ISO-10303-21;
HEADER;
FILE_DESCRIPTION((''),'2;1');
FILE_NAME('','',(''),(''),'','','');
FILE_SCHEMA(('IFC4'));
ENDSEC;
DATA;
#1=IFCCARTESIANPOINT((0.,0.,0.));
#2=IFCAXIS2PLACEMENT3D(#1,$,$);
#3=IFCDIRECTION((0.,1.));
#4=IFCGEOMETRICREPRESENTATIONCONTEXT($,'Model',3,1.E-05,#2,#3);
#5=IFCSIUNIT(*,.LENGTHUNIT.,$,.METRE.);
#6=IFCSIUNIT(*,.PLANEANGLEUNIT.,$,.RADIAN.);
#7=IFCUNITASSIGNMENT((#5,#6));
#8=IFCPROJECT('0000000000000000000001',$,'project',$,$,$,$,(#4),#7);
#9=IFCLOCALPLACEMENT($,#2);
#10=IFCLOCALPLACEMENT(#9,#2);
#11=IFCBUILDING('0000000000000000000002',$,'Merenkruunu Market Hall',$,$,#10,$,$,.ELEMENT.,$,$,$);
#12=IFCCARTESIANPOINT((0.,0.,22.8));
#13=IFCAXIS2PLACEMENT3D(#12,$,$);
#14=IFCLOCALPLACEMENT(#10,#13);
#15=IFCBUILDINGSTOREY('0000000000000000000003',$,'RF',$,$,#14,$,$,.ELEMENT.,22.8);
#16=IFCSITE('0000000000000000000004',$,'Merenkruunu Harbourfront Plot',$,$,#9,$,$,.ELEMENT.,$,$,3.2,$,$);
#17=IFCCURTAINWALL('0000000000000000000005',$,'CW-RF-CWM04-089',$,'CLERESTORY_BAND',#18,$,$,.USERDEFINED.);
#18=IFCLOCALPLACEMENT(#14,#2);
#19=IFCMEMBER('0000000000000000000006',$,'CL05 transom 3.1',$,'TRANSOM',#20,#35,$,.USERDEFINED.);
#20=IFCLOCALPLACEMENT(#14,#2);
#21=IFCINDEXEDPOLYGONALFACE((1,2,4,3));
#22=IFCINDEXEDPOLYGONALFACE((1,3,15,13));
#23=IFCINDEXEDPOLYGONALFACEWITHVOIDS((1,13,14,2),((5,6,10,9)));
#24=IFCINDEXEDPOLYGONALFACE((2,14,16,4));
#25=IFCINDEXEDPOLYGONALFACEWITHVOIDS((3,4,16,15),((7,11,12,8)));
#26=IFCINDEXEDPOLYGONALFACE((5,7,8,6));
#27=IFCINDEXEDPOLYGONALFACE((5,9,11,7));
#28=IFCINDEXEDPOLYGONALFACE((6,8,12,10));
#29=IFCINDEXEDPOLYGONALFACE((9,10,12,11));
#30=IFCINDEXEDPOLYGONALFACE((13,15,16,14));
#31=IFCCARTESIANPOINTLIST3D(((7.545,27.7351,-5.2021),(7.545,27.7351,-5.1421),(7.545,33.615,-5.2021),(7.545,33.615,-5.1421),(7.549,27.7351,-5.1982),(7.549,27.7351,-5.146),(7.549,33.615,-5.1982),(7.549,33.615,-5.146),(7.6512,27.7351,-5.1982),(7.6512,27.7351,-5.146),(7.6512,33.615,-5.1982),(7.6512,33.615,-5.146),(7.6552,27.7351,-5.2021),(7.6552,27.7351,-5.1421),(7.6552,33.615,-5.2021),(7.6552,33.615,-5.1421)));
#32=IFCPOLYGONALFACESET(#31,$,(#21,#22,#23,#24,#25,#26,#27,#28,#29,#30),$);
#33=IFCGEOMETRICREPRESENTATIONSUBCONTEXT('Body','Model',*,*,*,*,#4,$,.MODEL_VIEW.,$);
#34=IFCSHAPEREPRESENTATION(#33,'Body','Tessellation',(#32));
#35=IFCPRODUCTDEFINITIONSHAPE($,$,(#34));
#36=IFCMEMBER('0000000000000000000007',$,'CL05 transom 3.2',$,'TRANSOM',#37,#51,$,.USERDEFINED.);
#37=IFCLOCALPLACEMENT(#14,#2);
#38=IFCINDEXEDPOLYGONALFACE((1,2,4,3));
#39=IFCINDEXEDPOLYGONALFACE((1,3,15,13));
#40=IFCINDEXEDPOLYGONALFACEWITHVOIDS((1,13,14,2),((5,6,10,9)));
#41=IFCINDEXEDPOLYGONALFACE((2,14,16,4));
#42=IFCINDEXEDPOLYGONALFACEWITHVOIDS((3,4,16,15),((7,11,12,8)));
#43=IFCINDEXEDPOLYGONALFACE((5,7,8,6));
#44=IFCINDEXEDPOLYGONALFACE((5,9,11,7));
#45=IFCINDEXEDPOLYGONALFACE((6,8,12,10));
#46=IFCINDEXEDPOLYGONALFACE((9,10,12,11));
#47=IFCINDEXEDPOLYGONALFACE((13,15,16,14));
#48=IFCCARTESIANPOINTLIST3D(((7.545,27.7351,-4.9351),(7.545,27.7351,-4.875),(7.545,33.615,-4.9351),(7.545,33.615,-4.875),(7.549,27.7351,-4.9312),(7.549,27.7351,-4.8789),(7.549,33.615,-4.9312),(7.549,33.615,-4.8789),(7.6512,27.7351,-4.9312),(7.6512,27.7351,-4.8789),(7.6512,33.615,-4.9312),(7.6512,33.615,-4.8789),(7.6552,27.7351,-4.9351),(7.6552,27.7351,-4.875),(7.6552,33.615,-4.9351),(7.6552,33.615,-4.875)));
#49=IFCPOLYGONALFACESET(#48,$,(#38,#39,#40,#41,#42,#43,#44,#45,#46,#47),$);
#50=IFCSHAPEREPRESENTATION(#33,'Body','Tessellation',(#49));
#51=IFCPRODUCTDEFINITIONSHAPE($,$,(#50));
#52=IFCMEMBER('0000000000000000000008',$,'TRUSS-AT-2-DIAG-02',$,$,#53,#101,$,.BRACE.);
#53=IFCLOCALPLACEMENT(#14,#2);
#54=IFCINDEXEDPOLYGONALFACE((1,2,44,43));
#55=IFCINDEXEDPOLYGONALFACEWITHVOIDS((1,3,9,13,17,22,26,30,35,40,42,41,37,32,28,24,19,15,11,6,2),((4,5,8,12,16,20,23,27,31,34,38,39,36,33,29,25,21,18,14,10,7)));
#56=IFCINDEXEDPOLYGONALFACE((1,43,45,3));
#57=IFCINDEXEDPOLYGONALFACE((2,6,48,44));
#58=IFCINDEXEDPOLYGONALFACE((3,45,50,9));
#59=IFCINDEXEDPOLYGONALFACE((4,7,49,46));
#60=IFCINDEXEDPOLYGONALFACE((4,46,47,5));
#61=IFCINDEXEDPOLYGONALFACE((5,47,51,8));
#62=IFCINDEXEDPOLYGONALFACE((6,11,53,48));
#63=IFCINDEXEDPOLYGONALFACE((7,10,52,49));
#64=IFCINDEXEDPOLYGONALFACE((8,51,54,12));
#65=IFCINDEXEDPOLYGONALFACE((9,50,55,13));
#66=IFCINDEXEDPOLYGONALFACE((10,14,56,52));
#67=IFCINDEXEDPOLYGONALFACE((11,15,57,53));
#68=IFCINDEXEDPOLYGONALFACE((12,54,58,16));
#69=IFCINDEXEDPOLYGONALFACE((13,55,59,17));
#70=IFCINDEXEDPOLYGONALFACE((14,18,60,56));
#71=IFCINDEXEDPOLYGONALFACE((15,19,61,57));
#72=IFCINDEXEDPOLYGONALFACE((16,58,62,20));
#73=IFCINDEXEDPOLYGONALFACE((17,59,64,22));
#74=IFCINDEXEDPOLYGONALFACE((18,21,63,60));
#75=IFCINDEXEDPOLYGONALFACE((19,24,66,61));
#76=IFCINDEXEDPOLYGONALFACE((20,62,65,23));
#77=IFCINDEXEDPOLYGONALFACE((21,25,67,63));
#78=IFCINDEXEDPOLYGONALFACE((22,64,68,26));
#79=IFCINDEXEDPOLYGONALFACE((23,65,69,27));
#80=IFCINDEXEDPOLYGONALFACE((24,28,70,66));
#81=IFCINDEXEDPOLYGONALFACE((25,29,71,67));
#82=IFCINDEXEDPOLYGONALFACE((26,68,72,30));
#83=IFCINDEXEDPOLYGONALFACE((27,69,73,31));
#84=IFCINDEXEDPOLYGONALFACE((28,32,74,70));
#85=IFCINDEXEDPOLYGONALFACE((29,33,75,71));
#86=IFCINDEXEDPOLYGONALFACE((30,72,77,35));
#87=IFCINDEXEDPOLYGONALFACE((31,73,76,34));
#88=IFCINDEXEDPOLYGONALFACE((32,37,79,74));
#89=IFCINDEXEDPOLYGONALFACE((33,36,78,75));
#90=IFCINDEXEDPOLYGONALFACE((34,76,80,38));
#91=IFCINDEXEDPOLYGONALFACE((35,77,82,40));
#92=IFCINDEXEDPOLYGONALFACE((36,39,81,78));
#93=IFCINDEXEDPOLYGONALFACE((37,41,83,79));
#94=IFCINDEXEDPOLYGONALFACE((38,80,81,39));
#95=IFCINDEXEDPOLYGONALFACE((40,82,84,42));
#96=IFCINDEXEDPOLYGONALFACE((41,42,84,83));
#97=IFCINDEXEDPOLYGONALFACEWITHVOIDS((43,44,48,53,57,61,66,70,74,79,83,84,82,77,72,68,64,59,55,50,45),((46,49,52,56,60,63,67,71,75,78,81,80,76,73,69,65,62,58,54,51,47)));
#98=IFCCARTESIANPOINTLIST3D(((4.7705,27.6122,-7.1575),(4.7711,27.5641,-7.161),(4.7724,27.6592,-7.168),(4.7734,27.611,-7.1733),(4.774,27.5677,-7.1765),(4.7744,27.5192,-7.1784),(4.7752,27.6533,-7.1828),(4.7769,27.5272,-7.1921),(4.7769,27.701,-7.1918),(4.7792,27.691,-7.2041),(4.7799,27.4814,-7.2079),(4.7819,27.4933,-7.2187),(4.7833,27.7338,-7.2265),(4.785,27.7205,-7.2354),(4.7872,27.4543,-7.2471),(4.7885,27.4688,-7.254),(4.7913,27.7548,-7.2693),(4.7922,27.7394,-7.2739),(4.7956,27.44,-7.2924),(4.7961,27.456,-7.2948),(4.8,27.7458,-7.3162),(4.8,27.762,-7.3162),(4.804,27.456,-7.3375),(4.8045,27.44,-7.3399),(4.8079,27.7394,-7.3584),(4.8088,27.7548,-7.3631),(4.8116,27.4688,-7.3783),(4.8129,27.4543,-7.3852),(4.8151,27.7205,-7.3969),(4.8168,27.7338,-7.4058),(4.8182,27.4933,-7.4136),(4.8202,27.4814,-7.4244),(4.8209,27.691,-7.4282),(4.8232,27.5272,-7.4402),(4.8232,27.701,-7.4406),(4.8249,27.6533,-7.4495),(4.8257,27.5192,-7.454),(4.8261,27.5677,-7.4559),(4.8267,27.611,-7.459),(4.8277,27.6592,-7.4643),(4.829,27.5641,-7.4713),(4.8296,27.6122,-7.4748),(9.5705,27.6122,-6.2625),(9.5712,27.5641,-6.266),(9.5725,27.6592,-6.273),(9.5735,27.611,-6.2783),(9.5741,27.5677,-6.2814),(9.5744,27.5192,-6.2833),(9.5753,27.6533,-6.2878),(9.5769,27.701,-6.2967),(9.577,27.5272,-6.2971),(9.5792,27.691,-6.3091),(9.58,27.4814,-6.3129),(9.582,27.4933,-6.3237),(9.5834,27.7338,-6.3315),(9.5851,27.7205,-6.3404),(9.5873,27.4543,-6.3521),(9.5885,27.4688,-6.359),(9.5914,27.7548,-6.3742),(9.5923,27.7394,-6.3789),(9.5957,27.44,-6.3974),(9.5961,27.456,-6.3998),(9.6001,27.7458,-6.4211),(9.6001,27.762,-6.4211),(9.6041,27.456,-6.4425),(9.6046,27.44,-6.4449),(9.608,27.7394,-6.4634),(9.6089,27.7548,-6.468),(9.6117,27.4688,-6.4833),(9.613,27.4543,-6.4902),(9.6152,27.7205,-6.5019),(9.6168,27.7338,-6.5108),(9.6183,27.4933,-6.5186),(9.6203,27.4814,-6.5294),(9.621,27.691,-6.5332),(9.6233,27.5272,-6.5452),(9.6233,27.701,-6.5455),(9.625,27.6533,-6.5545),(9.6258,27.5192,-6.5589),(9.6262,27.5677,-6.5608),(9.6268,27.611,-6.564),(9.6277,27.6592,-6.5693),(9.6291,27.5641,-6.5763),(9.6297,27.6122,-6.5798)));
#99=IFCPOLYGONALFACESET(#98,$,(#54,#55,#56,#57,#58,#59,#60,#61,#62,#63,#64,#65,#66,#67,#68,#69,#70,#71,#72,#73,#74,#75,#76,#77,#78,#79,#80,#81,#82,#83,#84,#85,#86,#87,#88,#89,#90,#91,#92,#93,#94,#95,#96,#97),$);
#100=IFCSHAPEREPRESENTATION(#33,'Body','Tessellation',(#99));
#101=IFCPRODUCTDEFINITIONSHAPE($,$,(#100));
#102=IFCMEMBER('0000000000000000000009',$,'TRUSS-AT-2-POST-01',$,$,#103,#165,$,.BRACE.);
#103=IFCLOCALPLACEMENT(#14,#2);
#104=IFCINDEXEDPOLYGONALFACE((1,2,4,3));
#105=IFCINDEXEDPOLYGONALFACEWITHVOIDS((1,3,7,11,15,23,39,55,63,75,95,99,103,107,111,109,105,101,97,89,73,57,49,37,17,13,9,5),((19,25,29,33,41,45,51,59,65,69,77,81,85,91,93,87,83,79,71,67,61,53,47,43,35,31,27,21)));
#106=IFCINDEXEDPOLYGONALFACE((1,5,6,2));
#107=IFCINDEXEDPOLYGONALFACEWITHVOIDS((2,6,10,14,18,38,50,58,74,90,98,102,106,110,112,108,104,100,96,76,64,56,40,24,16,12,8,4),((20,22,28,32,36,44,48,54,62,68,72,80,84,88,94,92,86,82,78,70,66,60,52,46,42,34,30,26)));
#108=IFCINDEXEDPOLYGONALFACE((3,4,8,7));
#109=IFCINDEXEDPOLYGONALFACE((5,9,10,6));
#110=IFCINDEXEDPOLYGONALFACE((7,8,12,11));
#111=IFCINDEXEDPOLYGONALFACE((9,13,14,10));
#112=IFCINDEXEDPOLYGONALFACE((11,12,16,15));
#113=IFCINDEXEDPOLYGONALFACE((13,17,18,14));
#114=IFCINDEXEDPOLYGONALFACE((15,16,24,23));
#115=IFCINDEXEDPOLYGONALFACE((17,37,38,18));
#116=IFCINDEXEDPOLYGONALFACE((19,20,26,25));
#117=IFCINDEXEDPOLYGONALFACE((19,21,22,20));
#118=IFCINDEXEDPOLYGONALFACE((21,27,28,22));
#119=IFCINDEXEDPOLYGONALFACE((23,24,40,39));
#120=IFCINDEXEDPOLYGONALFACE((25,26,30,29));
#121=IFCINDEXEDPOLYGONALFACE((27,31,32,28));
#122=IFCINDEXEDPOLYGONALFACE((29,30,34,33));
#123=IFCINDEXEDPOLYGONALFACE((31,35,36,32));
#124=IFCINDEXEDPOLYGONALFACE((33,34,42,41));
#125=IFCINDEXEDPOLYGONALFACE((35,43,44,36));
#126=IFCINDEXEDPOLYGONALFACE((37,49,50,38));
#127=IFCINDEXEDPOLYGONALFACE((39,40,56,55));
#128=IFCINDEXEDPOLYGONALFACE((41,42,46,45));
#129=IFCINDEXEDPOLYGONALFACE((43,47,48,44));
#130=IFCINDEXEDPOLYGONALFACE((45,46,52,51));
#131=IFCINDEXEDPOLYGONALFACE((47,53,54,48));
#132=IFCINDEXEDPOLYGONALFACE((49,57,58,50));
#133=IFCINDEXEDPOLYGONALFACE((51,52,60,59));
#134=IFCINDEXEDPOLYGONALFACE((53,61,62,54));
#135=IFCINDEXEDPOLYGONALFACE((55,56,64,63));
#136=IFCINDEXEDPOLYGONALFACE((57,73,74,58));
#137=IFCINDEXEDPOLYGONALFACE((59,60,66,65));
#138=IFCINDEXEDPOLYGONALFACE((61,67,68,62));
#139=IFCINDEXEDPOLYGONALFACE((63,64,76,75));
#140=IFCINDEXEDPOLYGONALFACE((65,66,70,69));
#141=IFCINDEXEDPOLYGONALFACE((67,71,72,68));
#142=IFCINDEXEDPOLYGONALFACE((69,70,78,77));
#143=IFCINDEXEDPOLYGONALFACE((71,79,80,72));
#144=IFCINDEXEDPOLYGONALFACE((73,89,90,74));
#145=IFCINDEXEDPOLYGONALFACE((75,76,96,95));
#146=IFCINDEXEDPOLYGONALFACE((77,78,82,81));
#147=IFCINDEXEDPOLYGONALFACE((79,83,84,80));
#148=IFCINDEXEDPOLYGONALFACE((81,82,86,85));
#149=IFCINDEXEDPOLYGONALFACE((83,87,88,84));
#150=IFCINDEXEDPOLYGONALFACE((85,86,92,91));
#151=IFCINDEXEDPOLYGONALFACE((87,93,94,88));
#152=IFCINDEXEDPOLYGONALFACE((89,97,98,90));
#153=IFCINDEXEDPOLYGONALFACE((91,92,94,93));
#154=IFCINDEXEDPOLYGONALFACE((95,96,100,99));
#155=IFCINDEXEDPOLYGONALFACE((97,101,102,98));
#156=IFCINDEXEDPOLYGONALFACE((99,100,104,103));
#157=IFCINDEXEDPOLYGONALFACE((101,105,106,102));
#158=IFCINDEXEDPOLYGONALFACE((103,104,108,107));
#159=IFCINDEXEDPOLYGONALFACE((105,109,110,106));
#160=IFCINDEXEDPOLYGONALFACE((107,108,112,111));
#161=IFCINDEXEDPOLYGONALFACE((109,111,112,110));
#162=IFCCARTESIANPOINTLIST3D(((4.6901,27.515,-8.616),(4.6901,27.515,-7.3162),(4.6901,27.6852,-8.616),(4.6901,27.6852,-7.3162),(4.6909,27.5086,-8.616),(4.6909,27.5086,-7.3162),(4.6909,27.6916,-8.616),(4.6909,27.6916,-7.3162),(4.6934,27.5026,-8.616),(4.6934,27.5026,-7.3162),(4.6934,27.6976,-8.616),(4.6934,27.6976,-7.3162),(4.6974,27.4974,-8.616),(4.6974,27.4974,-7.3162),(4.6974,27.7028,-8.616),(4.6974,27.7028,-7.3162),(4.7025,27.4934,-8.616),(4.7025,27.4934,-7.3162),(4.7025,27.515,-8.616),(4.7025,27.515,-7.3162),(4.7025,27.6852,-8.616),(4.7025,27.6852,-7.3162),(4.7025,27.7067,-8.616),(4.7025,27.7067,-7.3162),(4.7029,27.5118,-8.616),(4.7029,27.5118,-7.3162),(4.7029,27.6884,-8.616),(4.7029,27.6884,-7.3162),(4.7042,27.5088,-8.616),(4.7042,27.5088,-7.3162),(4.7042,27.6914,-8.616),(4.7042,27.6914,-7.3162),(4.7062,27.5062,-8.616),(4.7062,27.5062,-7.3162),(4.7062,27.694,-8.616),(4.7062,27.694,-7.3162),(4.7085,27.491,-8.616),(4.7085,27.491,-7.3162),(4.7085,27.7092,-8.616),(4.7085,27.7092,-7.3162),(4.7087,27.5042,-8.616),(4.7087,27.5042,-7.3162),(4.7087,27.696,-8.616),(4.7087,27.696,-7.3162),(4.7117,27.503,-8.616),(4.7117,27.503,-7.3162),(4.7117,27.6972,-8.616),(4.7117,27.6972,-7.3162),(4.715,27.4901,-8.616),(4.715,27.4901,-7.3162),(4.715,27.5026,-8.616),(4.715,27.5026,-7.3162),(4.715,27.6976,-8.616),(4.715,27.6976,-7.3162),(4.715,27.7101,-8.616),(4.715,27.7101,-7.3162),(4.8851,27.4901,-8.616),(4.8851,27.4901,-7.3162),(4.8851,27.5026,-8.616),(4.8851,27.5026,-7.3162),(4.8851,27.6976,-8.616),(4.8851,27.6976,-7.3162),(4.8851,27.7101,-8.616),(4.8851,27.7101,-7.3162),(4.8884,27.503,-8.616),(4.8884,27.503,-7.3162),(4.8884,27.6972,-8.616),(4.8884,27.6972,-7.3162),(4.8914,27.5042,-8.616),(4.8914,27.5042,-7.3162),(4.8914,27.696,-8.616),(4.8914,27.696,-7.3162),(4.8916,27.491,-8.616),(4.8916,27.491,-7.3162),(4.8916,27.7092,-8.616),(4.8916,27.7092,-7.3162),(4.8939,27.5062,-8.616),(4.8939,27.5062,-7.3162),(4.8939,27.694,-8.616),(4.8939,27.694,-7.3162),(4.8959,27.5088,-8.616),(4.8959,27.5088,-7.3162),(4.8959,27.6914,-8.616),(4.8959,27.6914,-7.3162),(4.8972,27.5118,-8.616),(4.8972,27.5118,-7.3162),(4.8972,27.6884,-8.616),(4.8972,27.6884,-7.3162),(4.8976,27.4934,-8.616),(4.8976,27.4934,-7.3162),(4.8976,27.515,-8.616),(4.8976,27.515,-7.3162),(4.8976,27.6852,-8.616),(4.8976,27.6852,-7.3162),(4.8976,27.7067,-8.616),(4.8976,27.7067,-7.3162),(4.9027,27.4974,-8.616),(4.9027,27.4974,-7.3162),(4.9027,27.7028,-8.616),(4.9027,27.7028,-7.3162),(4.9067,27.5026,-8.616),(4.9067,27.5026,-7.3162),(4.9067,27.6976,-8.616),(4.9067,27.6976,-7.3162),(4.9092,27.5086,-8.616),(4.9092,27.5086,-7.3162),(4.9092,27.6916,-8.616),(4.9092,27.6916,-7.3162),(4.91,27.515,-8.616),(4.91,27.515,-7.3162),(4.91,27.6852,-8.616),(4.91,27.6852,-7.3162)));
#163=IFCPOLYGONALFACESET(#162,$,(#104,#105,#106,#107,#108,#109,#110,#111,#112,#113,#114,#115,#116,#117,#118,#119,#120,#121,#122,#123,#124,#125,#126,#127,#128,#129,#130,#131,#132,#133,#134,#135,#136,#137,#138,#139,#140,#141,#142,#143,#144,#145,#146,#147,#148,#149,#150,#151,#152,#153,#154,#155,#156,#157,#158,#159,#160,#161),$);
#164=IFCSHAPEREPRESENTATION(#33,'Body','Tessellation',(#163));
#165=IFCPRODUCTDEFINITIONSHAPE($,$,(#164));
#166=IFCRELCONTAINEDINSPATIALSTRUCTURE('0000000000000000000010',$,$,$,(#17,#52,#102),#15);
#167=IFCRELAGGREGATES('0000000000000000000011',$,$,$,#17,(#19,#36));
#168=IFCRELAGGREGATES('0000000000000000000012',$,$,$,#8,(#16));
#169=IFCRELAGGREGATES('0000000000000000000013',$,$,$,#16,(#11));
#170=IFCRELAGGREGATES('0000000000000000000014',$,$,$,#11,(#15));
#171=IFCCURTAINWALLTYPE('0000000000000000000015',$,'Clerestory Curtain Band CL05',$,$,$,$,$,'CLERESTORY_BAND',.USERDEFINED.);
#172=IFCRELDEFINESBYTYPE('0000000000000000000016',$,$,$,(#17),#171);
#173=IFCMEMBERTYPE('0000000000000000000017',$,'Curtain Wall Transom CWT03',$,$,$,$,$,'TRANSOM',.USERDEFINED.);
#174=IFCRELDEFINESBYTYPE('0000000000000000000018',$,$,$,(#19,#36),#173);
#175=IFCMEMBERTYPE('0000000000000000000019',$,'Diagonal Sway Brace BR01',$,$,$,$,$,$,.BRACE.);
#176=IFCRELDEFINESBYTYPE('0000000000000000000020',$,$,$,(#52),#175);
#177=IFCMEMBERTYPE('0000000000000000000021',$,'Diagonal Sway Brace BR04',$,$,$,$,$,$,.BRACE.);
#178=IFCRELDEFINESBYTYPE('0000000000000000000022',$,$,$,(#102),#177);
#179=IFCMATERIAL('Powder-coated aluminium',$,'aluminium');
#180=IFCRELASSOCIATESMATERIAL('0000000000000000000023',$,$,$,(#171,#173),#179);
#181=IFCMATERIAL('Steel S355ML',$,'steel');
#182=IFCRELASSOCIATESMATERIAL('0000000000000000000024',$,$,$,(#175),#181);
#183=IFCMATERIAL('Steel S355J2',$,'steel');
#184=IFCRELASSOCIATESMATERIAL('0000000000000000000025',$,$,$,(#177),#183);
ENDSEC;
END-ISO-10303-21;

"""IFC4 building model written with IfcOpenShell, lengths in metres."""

from ifc_helpers import new_model, si_unit, direction, frame, origin, origin_2d, place, context, subcontext, project, spatial, hollow_rectangle, hollow_circle, extrude, material, material_profile, profile_set, type_object, element, aggregate, save


model = new_model("IFC4")

# Units and contexts
model_context = context("Model", 3, precision=1e-05, world=origin(), true_north=direction((0.0, 1.0)))
body_context = subcontext(model_context, "Body", "Model", "MODEL_VIEW")
ifc_project = project(units=[si_unit("LENGTHUNIT", "METRE"), si_unit("PLANEANGLEUNIT", "RADIAN")], contexts=[model_context])

# Site, building, storey
site_placement = place(None, origin())
site = spatial("IfcSite", under=ifc_project, at=site_placement, Name="Merenkruunu Harbourfront Plot", CompositionType="ELEMENT", RefElevation=3.2)
building_placement = place(site_placement, origin())
building = spatial("IfcBuilding", under=site, at=building_placement, Name="Merenkruunu Market Hall", CompositionType="ELEMENT")
storey_placement = place(building_placement, frame((0.0, 0.0, 22.8)))
storey = spatial("IfcBuildingStorey", under=building, at=storey_placement, Name="RF", CompositionType="ELEMENT", Elevation=22.8)

# Shared definitions
ifc_material_1 = material(Name="Steel S355ML", Category="steel")

# Curtain wall
ifc_material_2 = material(Name="Powder-coated aluminium", Category="aluminium")
curtain_wall_type = type_object("IfcCurtainWallType", Name="Clerestory Curtain Band CL05", ElementType="CLERESTORY_BAND", PredefinedType="USERDEFINED", material=ifc_material_2)
curtain_wall_1_placement = place(storey_placement, origin())
curtain_wall_1 = element("IfcCurtainWall", 1, at=curtain_wall_1_placement, inside=storey, type_object=curtain_wall_type, Name="CW-RF-CWM04-089", ObjectType="CLERESTORY_BAND", PredefinedType="USERDEFINED")

# Members
ifc_material_profile_1 = material_profile(ifc_material_2, hollow_rectangle(XDim=0.0601, YDim=0.1101, WallThickness=0.0039, at=origin_2d()), Name="ALU 60x110x4")
ifc_profile_set_1 = profile_set([ifc_material_profile_1], Name="Powder-coated aluminium")
member_type_1 = type_object("IfcMemberType", Name="Curtain Wall Transom CWT03", ElementType="TRANSOM", PredefinedType="USERDEFINED", material=ifc_profile_set_1)
member_1_placement = place(storey_placement, frame((7.6001, 27.7351, -5.1721), z_axis=(0.0, 1.0, 0.0), x_axis=(0.0, 0.0, 1.0)))
member_1 = element("IfcMember", 2, at=member_1_placement, type_object=member_type_1, Name="CL05 transom 3.1", ObjectType="TRANSOM", PredefinedType="USERDEFINED", context=body_context, shape_type="SweptSolid", body=[
    extrude(hollow_rectangle(XDim=0.0601, YDim=0.1101, WallThickness=0.0039, at=origin_2d()), origin(), (0.0, 0.0, 1.0), 5.8799),
])
member_2_placement = place(storey_placement, frame((7.6001, 27.7351, -4.905), z_axis=(0.0, 1.0, 0.0), x_axis=(0.0, 0.0, 1.0)))
member_2 = element("IfcMember", 3, at=member_2_placement, type_object=member_type_1, Name="CL05 transom 3.2", ObjectType="TRANSOM", PredefinedType="USERDEFINED", context=body_context, shape_type="SweptSolid", body=[
    extrude(hollow_rectangle(XDim=0.0601, YDim=0.1101, WallThickness=0.0039, at=origin_2d()), origin(), (0.0, 0.0, 1.0), 5.8799),
])

# Members
ifc_material_profile_2 = material_profile(ifc_material_1, hollow_circle(Radius=0.1619, WallThickness=0.0161, at=origin_2d()), Name="CHS 323.9x16")
ifc_profile_set_2 = profile_set([ifc_material_profile_2], Name="Steel S355ML")
member_type_2 = type_object("IfcMemberType", Name="Diagonal Sway Brace BR01", PredefinedType="BRACE", material=ifc_profile_set_2)
member_3_placement = place(storey_placement, frame((4.8, 27.6001, -7.3162), z_axis=(0.983057, 0.0, 0.183301), x_axis=(0.0, 1.0, 0.0)))
element("IfcMember", 4, at=member_3_placement, inside=storey, type_object=member_type_2, Name="TRUSS-AT-2-DIAG-02", PredefinedType="BRACE", context=body_context, shape_type="SweptSolid", body=[
    extrude(hollow_circle(Radius=0.1619, WallThickness=0.0161, at=origin_2d()), origin(), (0.0, 0.0, 1.0), 4.8828),
])
ifc_material_3 = material(Name="Steel S355J2", Category="steel")
ifc_material_profile_3 = material_profile(ifc_material_3, hollow_rectangle(XDim=0.22, YDim=0.22, WallThickness=0.0125, InnerFilletRadius=0.0125, OuterFilletRadius=0.0249, at=origin_2d()), Name="SHS 220x220x12.5")
ifc_profile_set_3 = profile_set([ifc_material_profile_3], Name="Steel S355J2")
member_type_3 = type_object("IfcMemberType", Name="Diagonal Sway Brace BR04", PredefinedType="BRACE", material=ifc_profile_set_3)
member_4_placement = place(storey_placement, frame((4.8, 27.6001, -8.616), z_axis=(0.0, 0.0, 1.0), x_axis=(1.0, 0.0, 0.0)))
element("IfcMember", 5, at=member_4_placement, inside=storey, type_object=member_type_3, Name="TRUSS-AT-2-POST-01", PredefinedType="BRACE", context=body_context, shape_type="SweptSolid", body=[
    extrude(hollow_rectangle(XDim=0.22, YDim=0.22, WallThickness=0.0125, InnerFilletRadius=0.0125, OuterFilletRadius=0.0249, at=origin_2d()), origin(), (0.0, 0.0, 1.0), 1.2998),
])

aggregate(curtain_wall_1, [member_1, member_2])

save(model, "model.ifc")
